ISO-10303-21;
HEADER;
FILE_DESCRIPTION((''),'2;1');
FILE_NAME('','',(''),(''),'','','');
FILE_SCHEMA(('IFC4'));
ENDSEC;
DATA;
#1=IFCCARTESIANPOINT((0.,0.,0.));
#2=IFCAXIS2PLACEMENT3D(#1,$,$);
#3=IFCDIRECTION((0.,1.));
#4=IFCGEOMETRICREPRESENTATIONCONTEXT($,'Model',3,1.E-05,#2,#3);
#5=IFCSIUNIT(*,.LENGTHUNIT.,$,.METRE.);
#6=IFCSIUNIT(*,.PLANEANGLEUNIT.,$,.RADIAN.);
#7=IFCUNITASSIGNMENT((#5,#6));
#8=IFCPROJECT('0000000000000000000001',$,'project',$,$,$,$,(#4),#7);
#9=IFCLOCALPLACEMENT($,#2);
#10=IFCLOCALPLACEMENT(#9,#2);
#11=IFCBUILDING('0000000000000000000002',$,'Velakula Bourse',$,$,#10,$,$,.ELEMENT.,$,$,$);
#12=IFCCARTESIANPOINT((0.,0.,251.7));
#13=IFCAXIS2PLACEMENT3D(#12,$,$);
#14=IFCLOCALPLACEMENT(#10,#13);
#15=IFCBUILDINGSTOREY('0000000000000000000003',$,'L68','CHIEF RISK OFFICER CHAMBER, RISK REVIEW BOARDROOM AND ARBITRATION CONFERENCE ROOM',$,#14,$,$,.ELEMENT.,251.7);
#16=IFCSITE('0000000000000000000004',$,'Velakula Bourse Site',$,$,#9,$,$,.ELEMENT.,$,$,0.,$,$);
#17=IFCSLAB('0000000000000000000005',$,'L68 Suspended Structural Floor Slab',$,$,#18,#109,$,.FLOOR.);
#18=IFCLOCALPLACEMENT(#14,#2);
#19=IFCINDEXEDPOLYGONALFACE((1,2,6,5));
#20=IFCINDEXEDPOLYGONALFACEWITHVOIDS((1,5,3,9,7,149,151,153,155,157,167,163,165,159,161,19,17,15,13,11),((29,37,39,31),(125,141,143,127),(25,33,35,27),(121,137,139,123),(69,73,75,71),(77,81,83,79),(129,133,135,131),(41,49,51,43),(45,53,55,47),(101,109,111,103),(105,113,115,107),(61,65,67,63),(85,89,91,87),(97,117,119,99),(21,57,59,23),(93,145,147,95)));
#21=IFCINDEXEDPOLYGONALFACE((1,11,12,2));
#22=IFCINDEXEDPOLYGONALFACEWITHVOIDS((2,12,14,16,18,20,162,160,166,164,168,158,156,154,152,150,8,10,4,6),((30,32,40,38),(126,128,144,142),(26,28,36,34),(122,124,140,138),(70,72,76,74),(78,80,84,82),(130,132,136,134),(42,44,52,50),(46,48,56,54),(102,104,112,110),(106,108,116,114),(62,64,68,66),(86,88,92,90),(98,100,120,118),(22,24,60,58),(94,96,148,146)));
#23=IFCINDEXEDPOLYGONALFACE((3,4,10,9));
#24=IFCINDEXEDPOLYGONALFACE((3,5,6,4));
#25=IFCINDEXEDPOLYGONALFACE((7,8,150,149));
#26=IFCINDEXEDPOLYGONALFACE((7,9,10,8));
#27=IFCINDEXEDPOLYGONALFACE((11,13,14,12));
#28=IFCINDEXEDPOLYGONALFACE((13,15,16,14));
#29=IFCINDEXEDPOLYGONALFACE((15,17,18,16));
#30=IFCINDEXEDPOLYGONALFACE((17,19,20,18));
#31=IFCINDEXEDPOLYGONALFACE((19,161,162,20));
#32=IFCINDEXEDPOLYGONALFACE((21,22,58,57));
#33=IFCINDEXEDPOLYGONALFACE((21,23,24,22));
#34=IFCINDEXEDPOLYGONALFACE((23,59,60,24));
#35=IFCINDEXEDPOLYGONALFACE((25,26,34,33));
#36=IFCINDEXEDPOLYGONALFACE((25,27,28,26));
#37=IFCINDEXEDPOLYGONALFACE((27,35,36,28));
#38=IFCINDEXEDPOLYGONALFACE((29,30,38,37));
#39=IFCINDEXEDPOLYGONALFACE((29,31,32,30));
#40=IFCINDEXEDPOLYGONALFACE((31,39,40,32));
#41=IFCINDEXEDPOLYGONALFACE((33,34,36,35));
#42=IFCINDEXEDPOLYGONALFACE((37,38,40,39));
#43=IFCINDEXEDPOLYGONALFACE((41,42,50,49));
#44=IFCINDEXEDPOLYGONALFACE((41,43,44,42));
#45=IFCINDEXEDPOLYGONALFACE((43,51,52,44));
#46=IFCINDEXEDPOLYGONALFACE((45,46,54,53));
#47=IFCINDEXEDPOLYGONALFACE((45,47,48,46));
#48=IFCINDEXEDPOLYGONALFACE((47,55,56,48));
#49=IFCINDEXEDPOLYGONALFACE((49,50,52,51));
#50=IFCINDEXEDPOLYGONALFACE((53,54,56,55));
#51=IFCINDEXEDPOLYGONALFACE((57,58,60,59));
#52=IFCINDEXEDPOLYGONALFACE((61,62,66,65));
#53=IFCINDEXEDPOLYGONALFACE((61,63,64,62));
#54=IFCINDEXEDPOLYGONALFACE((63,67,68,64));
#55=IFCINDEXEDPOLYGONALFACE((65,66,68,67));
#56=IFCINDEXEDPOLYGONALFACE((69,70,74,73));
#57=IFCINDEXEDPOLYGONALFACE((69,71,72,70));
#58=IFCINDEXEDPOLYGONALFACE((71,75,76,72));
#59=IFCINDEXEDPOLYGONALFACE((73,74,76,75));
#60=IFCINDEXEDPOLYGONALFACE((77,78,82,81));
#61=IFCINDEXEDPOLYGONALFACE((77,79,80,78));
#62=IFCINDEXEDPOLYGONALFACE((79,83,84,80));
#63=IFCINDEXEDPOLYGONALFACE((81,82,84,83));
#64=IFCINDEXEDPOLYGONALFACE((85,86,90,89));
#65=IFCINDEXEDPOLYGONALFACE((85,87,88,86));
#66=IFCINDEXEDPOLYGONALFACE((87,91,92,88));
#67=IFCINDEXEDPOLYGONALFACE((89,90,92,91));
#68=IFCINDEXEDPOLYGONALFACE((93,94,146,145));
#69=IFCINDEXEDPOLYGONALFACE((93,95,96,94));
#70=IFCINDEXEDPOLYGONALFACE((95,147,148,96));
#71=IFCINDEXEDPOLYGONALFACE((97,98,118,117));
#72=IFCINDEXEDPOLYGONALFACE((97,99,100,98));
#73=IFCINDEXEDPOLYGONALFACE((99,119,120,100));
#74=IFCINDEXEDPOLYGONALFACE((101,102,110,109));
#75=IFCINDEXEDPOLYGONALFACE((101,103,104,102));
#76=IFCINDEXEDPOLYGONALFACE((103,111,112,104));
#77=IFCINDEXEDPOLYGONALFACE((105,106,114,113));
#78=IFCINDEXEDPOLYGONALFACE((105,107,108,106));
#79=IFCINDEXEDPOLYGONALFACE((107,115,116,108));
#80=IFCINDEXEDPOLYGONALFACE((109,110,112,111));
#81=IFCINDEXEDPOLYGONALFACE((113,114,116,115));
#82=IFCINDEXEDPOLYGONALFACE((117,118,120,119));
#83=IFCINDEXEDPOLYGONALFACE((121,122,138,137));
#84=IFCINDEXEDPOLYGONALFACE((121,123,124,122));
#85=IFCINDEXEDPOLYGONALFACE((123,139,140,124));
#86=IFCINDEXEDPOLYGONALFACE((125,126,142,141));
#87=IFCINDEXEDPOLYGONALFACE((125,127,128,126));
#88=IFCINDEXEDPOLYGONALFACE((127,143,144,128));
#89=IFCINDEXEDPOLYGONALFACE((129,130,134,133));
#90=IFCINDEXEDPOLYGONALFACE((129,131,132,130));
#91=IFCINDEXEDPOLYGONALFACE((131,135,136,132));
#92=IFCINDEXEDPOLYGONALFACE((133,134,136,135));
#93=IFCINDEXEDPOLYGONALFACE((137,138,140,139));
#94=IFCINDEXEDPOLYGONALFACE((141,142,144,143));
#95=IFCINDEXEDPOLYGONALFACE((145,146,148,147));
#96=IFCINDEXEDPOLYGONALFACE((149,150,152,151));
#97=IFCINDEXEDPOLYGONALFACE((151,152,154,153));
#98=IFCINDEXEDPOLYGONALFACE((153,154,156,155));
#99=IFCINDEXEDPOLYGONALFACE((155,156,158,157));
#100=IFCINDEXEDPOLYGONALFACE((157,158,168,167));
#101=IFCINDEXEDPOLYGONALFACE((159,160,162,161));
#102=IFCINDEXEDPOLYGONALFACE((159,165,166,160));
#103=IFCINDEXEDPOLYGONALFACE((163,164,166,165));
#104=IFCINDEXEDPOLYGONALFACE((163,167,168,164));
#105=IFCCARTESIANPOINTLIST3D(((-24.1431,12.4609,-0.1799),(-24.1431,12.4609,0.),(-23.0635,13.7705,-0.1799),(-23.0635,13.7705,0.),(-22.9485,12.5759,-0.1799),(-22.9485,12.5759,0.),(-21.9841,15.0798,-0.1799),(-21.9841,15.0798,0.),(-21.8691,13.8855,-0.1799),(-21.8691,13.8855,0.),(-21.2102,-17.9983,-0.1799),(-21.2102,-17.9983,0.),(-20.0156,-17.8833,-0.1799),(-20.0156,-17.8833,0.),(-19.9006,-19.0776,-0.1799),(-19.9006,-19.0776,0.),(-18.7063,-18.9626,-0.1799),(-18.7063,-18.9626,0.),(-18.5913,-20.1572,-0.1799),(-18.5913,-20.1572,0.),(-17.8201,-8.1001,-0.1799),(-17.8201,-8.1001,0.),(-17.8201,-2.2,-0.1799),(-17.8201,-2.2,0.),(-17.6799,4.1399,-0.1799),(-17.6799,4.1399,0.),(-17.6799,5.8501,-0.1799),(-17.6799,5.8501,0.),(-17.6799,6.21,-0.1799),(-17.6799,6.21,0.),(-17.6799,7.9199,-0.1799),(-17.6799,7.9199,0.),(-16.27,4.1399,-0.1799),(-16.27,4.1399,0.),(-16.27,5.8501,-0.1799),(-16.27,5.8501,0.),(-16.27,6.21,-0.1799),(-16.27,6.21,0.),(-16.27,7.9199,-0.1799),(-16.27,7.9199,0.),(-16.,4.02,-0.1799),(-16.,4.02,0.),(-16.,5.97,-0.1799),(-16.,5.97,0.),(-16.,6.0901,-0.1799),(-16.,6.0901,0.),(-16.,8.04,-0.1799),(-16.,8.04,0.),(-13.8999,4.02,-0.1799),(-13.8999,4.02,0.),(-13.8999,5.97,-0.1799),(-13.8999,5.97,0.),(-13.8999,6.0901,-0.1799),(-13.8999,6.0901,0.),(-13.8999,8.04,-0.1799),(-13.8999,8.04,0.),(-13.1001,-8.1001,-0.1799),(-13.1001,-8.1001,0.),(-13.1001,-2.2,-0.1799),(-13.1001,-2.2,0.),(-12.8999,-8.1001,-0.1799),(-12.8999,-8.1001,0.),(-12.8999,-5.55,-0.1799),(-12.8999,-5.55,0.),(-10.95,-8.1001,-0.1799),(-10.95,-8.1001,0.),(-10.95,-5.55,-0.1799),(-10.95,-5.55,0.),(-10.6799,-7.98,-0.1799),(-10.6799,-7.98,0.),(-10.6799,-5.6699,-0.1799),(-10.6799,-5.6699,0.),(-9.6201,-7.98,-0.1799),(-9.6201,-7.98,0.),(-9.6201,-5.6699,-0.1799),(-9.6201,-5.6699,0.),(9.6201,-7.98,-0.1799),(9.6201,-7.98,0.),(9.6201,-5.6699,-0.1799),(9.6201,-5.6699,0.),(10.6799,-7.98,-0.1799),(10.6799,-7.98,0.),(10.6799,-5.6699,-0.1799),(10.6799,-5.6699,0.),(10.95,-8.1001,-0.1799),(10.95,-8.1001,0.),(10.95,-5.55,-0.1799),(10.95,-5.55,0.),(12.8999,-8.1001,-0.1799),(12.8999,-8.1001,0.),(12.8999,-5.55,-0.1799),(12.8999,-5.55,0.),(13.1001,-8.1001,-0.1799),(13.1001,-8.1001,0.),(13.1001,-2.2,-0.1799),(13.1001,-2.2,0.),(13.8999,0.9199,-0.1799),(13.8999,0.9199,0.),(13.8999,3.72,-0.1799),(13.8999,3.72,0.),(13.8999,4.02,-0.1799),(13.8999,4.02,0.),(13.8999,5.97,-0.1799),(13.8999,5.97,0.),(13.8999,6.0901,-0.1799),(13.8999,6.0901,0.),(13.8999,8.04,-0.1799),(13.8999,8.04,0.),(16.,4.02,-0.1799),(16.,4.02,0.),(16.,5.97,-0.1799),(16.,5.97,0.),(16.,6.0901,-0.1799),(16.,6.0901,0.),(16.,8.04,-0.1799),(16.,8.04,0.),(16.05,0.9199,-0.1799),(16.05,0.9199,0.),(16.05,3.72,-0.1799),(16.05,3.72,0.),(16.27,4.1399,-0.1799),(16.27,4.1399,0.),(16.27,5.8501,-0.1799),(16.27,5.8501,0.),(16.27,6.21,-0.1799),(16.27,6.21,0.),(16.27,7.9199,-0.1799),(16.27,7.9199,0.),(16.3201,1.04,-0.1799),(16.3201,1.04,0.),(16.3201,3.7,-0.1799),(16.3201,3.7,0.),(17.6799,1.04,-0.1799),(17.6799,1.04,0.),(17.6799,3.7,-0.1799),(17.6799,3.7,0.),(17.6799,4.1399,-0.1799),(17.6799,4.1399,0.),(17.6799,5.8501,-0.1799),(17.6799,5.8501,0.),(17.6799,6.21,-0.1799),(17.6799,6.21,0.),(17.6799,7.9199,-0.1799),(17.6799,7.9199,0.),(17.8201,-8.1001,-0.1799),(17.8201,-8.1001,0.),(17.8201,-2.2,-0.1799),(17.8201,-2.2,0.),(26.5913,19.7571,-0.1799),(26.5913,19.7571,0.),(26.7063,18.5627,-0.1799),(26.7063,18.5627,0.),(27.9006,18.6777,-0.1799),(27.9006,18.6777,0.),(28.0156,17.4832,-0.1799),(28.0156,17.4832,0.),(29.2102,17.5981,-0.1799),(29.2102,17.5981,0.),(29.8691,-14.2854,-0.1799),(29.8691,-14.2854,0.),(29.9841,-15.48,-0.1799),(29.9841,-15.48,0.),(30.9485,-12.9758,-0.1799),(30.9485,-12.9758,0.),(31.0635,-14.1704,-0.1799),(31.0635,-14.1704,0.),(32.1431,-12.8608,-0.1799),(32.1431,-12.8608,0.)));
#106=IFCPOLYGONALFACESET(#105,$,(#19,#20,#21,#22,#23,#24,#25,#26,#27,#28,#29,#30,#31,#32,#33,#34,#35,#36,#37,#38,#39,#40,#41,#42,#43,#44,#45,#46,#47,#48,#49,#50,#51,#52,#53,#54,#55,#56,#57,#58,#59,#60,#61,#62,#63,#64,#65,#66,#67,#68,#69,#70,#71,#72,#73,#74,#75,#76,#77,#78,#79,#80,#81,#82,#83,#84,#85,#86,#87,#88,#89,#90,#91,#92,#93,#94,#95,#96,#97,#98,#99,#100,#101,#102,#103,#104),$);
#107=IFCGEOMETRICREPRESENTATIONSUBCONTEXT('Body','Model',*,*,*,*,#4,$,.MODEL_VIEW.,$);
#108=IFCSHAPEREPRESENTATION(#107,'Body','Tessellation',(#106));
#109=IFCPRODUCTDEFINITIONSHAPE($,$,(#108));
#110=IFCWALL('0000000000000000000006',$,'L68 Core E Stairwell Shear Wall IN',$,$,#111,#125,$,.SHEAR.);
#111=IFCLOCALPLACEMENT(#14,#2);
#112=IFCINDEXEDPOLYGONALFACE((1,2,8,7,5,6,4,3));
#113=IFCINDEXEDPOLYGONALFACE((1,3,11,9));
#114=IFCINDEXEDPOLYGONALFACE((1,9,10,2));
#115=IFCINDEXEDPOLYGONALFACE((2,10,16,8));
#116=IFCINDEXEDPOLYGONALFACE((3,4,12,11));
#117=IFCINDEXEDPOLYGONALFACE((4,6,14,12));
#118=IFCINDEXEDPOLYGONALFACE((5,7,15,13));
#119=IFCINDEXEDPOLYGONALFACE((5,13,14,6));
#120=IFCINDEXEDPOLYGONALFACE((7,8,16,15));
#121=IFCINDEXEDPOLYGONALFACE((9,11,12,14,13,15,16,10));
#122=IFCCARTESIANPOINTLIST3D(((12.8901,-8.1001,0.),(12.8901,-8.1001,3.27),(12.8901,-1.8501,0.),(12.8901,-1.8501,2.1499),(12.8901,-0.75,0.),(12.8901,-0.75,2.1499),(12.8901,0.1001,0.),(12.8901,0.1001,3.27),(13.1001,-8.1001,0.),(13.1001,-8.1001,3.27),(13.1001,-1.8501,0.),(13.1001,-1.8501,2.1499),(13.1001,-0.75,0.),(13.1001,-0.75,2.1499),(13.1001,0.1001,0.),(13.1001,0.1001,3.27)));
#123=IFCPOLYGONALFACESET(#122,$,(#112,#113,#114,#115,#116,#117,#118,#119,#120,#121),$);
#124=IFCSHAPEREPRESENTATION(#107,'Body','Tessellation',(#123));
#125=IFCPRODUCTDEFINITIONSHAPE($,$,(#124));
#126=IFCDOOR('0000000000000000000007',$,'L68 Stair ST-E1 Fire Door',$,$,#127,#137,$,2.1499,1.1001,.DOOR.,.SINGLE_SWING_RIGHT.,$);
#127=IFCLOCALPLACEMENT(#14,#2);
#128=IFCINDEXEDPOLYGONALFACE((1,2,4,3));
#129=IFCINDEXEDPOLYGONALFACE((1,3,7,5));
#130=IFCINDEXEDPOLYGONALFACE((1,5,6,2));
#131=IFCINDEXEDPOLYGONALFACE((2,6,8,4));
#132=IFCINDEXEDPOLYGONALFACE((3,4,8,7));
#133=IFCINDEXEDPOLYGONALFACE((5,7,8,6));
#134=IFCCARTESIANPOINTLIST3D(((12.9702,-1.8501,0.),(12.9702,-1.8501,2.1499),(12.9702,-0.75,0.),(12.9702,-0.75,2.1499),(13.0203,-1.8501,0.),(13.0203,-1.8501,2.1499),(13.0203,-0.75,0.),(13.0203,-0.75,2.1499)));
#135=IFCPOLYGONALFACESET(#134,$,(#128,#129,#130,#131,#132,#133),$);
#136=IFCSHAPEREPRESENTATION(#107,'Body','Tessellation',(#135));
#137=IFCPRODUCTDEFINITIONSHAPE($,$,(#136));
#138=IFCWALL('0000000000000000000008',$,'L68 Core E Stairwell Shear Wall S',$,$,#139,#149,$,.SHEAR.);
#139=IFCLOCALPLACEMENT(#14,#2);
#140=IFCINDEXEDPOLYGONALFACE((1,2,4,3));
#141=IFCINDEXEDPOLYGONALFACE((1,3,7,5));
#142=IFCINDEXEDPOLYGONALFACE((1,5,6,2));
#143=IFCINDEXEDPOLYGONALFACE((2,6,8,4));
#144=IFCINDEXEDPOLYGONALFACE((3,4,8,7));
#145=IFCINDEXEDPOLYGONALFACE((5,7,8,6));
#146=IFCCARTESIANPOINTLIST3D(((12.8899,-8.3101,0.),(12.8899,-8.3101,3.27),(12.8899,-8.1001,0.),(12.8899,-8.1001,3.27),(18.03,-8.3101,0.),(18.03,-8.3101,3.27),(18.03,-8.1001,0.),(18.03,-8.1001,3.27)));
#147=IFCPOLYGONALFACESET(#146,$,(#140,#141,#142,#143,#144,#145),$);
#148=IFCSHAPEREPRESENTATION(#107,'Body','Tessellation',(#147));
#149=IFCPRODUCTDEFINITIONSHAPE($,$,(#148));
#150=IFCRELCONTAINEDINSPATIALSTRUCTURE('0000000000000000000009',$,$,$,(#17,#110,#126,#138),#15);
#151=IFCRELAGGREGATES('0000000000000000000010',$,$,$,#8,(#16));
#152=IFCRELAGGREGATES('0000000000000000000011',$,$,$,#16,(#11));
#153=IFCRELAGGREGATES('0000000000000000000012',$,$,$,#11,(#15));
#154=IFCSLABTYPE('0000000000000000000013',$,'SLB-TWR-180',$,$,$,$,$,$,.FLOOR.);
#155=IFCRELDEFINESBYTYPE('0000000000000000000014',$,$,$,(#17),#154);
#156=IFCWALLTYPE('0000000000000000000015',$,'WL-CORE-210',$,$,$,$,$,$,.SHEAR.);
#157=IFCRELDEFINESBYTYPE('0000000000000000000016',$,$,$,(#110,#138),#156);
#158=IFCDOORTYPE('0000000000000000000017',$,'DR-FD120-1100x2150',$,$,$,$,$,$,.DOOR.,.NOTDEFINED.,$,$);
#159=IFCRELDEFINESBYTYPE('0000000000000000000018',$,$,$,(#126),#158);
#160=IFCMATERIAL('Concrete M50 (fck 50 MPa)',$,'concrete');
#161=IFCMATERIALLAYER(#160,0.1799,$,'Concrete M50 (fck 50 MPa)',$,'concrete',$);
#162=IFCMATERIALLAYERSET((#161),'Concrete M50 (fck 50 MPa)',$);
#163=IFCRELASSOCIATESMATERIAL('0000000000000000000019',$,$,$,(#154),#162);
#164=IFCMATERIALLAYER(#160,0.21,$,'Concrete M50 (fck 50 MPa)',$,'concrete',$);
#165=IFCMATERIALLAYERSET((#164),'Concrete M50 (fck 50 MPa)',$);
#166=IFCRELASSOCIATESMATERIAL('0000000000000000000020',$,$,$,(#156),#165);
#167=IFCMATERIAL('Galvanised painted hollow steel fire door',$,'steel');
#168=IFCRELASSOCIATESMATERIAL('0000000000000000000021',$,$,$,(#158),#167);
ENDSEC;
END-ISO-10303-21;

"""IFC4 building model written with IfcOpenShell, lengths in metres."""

from ifc_helpers import new_model, si_unit, direction, frame, frame_2d, origin, place, context, subcontext, project, spatial, polyline, rectangle, outline, extrude, material, layer, layer_set, type_object, element, fill, save


model = new_model("IFC4")

# Units and contexts
model_context = context("Model", 3, precision=1e-05, world=origin(), true_north=direction((0.0, 1.0)))
body_context = subcontext(model_context, "Body", "Model", "MODEL_VIEW")
ifc_project = project(units=[si_unit("LENGTHUNIT", "METRE"), si_unit("PLANEANGLEUNIT", "RADIAN")], contexts=[model_context])

# Site, building, storey
site_placement = place(None, origin())
site = spatial("IfcSite", under=ifc_project, at=site_placement, Name="Velakula Bourse Site", CompositionType="ELEMENT", RefElevation=0.0)
building_placement = place(site_placement, origin())
building = spatial("IfcBuilding", under=site, at=building_placement, Name="Velakula Bourse", CompositionType="ELEMENT")
storey_placement = place(building_placement, frame((0.0, 0.0, 251.7)))
storey = spatial("IfcBuildingStorey", under=building, at=storey_placement, Name="L68", Description="CHIEF RISK OFFICER CHAMBER, RISK REVIEW BOARDROOM AND ARBITRATION CONFERENCE ROOM", CompositionType="ELEMENT", Elevation=251.7)

# Slab
ifc_material_1 = material(Name="Concrete M50 (fck 50 MPa)", Category="concrete")
ifc_layer_1 = layer(ifc_material_1, 0.1799, Name="Concrete M50 (fck 50 MPa)", Category="concrete")
ifc_layer_set_1 = layer_set([ifc_layer_1], Name="Concrete M50 (fck 50 MPa)")
slab_type_1 = type_object("IfcSlabType", Name="SLB-TWR-180", PredefinedType="FLOOR", material=ifc_layer_set_1)
slab_1_placement = place(storey_placement, frame((0.0, 0.0, -0.1799)))
element("IfcSlab", 1, at=slab_1_placement, inside=storey, type_object=slab_type_1, Name="L68 Suspended Structural Floor Slab", PredefinedType="FLOOR", context=body_context, shape_type="SweptSolid", body=[
    extrude(outline(polyline([(-18.5913, -20.1572), (29.9841, -15.48), (29.8691, -14.2854), (31.0635, -14.1704), (30.9485, -12.9758), (32.1431, -12.8608), (29.2102, 17.5981), (28.0156, 17.4832), (27.9006, 18.6777), (26.7063, 18.5627), (26.5913, 19.7571), (-21.9841, 15.0798), (-21.8691, 13.8855), (-23.0635, 13.7705), (-22.9485, 12.5759), (-24.1431, 12.4609), (-21.2102, -17.9983), (-20.0156, -17.8833), (-19.9006, -19.0776), (-18.7063, -18.9626), (-18.5913, -20.1572)]), holes=[polyline([(-17.8201, -8.1001), (-13.1001, -8.1001), (-13.1001, -2.2), (-17.8201, -2.2), (-17.8201, -8.1001)]), polyline([(13.1001, -8.1001), (17.8201, -8.1001), (17.8201, -2.2), (13.1001, -2.2), (13.1001, -8.1001)]), polyline([(-12.8999, -8.1001), (-10.95, -8.1001), (-10.95, -5.55), (-12.8999, -5.55), (-12.8999, -8.1001)]), polyline([(10.95, -8.1001), (12.8999, -8.1001), (12.8999, -5.55), (10.95, -5.55), (10.95, -8.1001)]), polyline([(13.8999, 0.9199), (16.05, 0.9199), (16.05, 3.72), (13.8999, 3.72), (13.8999, 0.9199)]), polyline([(-10.6799, -7.98), (-9.6201, -7.98), (-9.6201, -5.6699), (-10.6799, -5.6699), (-10.6799, -7.98)]), polyline([(-17.6799, 4.1399), (-16.27, 4.1399), (-16.27, 5.8501), (-17.6799, 5.8501), (-17.6799, 4.1399)]), polyline([(-17.6799, 6.21), (-16.27, 6.21), (-16.27, 7.9199), (-17.6799, 7.9199), (-17.6799, 6.21)]), polyline([(9.6201, -7.98), (10.6799, -7.98), (10.6799, -5.6699), (9.6201, -5.6699), (9.6201, -7.98)]), polyline([(16.27, 4.1399), (17.6799, 4.1399), (17.6799, 5.8501), (16.27, 5.8501), (16.27, 4.1399)]), polyline([(16.27, 6.21), (17.6799, 6.21), (17.6799, 7.9199), (16.27, 7.9199), (16.27, 6.21)]), polyline([(16.3201, 1.04), (17.6799, 1.04), (17.6799, 3.7), (16.3201, 3.7), (16.3201, 1.04)]), polyline([(-16.0, 4.02), (-13.8999, 4.02), (-13.8999, 5.97), (-16.0, 5.97), (-16.0, 4.02)]), polyline([(-16.0, 6.0901), (-13.8999, 6.0901), (-13.8999, 8.04), (-16.0, 8.04), (-16.0, 6.0901)]), polyline([(13.8999, 4.02), (16.0, 4.02), (16.0, 5.97), (13.8999, 5.97), (13.8999, 4.02)]), polyline([(13.8999, 6.0901), (16.0, 6.0901), (16.0, 8.04), (13.8999, 8.04), (13.8999, 6.0901)])]), origin(), (0.0, 0.0, 1.0), 0.1799),
])

# Wall, opening, door
ifc_layer_2 = layer(ifc_material_1, 0.21, Name="Concrete M50 (fck 50 MPa)", Category="concrete")
ifc_layer_set_2 = layer_set([ifc_layer_2], Name="Concrete M50 (fck 50 MPa)")
wall_type_1 = type_object("IfcWallType", Name="WL-CORE-210", PredefinedType="SHEAR", material=ifc_layer_set_2)
wall_1_placement = place(storey_placement, frame((12.9951, -8.1001, 0.0), z_axis=(0.0, 0.0, 1.0), x_axis=(0.0, 1.0, 0.0)))
wall_1 = element("IfcWall", 2, at=wall_1_placement, inside=storey, type_object=wall_type_1, Name="L68 Core E Stairwell Shear Wall IN", PredefinedType="SHEAR", context=body_context, shape_type="SweptSolid", body=[
    extrude(rectangle(XDim=8.2002, YDim=0.21, at=frame_2d((4.1001, 0.0))), origin(), (0.0, 0.0, 1.0), 3.27),
])
opening_1_placement = place(wall_1_placement, frame((6.25, 0.0, 0.0)))
opening_1 = element("IfcOpeningElement", 3, at=opening_1_placement, cuts=wall_1, PredefinedType="OPENING", context=body_context, shape_type="SweptSolid", body=[
    extrude(rectangle(XDim=1.1001, YDim=2.1499, at=frame_2d((0.55, 1.075))), frame((0.0, 0.115, 0.0), z_axis=(0.0, -1.0, 0.0), x_axis=(1.0, 0.0, 0.0)), (0.0, 0.0, 1.0), 0.23),
])
ifc_material_2 = material(Name="Galvanised painted hollow steel fire door", Category="steel")
door_type_1 = type_object("IfcDoorType", Name="DR-FD120-1100x2150", OperationType="NOTDEFINED", PredefinedType="DOOR", material=ifc_material_2)
door_1_placement = place(opening_1_placement, origin())
door_1 = element("IfcDoor", 4, at=door_1_placement, inside=storey, type_object=door_type_1, Name="L68 Stair ST-E1 Fire Door", OperationType="SINGLE_SWING_RIGHT", OverallHeight=2.1499, OverallWidth=1.1001, PredefinedType="DOOR", context=body_context, shape_type="SweptSolid", body=[
    extrude(rectangle(XDim=1.1001, YDim=2.1499, at=frame_2d((0.55, 1.075))), frame((0.0, 0.0249, 0.0), z_axis=(0.0, -1.0, 0.0), x_axis=(1.0, 0.0, 0.0)), (0.0, 0.0, 1.0), 0.05),
])
fill(opening_1, door_1)

# Wall
wall_2_placement = place(storey_placement, frame((12.8899, -8.2051, 0.0), z_axis=(0.0, 0.0, 1.0), x_axis=(1.0, 0.0, 0.0)))
element("IfcWall", 5, at=wall_2_placement, inside=storey, type_object=wall_type_1, Name="L68 Core E Stairwell Shear Wall S", PredefinedType="SHEAR", context=body_context, shape_type="SweptSolid", body=[
    extrude(rectangle(XDim=5.1401, YDim=0.21, at=frame_2d((2.5701, 0.0))), origin(), (0.0, 0.0, 1.0), 3.27),
])

save(model, "model.ifc")
